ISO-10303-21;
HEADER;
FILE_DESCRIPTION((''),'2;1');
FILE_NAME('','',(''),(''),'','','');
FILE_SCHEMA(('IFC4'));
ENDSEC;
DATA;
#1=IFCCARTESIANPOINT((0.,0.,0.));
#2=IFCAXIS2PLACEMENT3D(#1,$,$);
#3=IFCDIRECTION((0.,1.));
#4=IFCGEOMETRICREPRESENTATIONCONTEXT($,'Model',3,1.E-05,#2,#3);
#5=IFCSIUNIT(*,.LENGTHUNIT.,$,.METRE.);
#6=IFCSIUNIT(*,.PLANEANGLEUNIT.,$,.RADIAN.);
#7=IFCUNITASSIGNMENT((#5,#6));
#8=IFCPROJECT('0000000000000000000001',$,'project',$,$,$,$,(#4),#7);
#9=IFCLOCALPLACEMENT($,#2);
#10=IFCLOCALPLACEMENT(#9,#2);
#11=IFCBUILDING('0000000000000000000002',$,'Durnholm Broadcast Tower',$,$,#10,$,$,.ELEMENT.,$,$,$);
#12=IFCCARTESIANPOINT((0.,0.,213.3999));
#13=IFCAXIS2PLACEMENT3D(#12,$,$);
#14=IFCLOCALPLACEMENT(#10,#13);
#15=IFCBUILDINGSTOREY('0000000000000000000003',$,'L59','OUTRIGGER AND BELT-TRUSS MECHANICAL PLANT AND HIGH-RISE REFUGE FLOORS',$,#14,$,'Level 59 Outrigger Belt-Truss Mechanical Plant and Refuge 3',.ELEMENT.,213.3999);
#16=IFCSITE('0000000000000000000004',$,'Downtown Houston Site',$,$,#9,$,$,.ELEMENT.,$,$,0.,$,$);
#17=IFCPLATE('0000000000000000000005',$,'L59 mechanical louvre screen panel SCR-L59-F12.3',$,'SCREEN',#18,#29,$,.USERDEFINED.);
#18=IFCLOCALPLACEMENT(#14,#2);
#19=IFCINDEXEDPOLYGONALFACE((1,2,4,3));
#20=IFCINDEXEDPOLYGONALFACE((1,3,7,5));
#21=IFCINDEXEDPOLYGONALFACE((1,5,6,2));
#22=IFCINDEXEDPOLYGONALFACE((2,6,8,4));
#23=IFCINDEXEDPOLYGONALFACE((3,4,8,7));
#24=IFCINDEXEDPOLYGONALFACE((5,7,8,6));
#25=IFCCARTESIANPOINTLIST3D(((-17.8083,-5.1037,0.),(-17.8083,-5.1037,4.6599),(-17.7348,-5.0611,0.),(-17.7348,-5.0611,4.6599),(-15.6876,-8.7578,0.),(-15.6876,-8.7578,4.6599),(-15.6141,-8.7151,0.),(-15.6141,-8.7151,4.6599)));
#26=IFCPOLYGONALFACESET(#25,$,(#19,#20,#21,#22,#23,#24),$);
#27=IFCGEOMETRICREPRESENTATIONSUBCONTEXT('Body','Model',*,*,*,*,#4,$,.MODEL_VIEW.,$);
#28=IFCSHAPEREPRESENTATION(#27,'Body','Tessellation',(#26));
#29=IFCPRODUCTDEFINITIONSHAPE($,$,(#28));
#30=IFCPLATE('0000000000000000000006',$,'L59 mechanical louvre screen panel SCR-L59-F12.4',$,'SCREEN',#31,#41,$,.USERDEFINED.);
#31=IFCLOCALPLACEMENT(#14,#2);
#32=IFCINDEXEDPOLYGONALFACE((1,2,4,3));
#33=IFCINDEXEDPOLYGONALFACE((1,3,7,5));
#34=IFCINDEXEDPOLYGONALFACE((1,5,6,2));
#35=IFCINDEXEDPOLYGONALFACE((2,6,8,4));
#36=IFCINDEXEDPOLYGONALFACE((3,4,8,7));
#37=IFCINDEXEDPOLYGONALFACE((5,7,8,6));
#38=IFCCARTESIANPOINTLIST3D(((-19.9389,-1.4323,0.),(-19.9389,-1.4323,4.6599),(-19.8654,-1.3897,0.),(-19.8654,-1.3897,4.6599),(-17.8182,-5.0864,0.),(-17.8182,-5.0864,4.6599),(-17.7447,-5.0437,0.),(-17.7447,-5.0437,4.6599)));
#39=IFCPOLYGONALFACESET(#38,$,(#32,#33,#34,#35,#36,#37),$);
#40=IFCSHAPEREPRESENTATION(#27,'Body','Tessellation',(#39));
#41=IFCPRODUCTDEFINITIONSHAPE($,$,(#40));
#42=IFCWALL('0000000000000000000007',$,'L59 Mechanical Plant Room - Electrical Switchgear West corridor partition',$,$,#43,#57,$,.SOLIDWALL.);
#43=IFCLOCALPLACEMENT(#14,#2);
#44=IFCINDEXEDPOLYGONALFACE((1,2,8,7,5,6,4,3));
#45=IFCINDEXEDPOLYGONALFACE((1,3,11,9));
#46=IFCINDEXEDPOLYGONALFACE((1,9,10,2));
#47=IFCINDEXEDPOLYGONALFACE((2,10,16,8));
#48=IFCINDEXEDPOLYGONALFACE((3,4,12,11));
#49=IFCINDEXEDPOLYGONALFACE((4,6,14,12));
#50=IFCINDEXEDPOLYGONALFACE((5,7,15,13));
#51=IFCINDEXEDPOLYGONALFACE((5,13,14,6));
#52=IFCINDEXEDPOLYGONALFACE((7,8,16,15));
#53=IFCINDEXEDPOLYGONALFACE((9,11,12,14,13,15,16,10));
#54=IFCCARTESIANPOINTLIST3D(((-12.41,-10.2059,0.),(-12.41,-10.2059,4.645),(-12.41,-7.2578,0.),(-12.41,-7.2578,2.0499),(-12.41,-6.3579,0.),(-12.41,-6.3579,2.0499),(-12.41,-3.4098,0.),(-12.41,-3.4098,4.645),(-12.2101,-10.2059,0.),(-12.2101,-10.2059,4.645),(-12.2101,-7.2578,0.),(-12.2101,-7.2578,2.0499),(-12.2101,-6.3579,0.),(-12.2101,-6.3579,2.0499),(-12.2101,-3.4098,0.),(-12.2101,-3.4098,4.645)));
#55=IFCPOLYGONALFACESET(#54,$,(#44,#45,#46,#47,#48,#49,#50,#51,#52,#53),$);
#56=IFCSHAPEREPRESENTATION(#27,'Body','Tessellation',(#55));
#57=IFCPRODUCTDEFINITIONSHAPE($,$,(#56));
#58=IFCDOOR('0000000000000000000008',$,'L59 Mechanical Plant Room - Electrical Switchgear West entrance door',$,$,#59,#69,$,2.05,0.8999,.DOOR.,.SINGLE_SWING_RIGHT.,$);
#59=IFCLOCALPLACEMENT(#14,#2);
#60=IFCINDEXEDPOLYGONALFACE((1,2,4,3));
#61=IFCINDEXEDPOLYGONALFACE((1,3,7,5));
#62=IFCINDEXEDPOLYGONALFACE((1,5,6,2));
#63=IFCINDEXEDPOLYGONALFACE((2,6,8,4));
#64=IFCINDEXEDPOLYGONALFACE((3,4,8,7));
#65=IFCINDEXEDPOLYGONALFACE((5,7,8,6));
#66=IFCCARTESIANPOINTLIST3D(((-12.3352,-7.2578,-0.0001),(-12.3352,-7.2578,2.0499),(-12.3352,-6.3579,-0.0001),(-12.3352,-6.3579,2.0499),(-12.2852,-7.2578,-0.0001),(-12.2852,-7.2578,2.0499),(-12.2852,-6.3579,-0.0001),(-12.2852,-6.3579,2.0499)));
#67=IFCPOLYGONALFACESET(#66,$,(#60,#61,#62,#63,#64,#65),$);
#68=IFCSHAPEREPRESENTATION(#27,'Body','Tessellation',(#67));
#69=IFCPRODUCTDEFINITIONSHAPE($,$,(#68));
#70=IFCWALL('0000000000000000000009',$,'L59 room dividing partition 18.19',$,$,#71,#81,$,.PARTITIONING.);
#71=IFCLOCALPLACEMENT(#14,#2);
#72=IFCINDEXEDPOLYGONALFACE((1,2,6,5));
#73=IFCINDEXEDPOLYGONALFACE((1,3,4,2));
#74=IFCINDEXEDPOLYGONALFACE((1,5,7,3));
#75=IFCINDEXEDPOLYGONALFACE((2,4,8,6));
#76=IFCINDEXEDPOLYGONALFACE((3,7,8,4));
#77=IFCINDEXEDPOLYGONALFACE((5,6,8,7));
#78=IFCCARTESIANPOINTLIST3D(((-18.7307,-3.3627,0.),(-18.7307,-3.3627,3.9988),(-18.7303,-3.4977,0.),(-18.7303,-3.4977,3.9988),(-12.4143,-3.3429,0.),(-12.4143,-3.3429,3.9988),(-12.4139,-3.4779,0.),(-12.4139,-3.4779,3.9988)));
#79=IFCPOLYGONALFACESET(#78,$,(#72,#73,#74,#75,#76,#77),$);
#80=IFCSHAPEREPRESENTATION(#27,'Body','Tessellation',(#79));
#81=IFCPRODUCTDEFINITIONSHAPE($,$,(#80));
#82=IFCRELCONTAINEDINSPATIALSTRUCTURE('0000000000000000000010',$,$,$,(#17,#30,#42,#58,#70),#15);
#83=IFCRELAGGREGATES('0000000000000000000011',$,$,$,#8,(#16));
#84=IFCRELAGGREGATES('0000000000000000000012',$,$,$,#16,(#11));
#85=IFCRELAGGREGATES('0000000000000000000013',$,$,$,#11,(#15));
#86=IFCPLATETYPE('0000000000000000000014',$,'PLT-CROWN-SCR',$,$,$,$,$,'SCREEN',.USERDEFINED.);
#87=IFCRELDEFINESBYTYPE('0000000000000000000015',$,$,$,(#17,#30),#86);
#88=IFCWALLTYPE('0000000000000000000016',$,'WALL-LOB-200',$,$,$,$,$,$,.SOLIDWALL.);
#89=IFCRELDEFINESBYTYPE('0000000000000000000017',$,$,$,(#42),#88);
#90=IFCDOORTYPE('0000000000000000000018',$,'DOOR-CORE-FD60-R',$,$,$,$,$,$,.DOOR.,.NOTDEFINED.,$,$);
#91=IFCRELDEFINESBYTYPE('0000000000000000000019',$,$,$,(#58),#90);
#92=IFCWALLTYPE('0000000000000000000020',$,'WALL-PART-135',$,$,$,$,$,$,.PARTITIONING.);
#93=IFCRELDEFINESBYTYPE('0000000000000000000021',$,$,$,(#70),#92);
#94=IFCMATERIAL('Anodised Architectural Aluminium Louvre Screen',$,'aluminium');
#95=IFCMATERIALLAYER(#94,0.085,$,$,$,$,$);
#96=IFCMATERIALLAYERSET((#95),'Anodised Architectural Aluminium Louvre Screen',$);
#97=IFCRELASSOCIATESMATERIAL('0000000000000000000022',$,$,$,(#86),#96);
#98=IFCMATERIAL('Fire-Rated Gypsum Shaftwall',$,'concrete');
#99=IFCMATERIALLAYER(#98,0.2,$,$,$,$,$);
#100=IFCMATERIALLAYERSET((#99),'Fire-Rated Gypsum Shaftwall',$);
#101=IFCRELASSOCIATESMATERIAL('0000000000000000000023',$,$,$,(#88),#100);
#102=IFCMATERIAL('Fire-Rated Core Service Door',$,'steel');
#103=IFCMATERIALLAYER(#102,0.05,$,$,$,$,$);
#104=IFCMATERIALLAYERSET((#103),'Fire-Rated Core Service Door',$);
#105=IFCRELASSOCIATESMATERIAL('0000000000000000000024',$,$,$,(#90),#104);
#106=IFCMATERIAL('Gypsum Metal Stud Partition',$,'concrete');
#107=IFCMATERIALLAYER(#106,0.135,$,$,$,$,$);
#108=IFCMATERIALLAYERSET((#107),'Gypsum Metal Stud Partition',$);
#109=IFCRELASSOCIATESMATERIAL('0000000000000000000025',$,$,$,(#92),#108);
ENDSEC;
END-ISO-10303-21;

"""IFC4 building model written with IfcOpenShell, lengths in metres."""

from ifc_helpers import new_model, si_unit, direction, frame, frame_2d, origin, origin_2d, place, context, subcontext, project, spatial, rectangle, extrude, source, transform, mapped, material, layer, layer_set, type_object, type_shapes, element, fill, save


model = new_model("IFC4")

# Units and contexts
model_context = context("Model", 3, precision=1e-05, world=origin(), true_north=direction((0.0, 1.0)))
body_context = subcontext(model_context, "Body", "Model", "MODEL_VIEW")
ifc_project = project(units=[si_unit("LENGTHUNIT", "METRE"), si_unit("PLANEANGLEUNIT", "RADIAN")], contexts=[model_context])

# Site, building, storey
site_placement = place(None, origin())
site = spatial("IfcSite", under=ifc_project, at=site_placement, Name="Downtown Houston Site", CompositionType="ELEMENT", RefElevation=0.0)
building_placement = place(site_placement, origin())
building = spatial("IfcBuilding", under=site, at=building_placement, Name="Durnholm Broadcast Tower", CompositionType="ELEMENT")
storey_placement = place(building_placement, frame((0.0, 0.0, 213.3999)))
storey = spatial("IfcBuildingStorey", under=building, at=storey_placement, Name="L59", Description="OUTRIGGER AND BELT-TRUSS MECHANICAL PLANT AND HIGH-RISE REFUGE FLOORS", LongName="Level 59 Outrigger Belt-Truss Mechanical Plant and Refuge 3", CompositionType="ELEMENT", Elevation=213.3999)

# Plates
ifc_material_1 = material(Name="Anodised Architectural Aluminium Louvre Screen", Category="aluminium")
ifc_layer_1 = layer(ifc_material_1, 0.085)
ifc_layer_set_1 = layer_set([ifc_layer_1], Name="Anodised Architectural Aluminium Louvre Screen")
plate_type_1 = type_object("IfcPlateType", Name="PLT-CROWN-SCR", ElementType="SCREEN", PredefinedType="USERDEFINED", material=ifc_layer_set_1)
shared_shape_1 = source(origin(), body_context, "Body", "SweptSolid", [
    extrude(rectangle(XDim=4.2249, YDim=0.085, at=origin_2d()), origin(), (0.0, 0.0, 1.0), 4.6599),
])
type_shapes(plate_type_1, [shared_shape_1])
for number, where, z_axis, x_axis, name in (
    (1, (-16.7112, -6.9094, 0.0), (0.0, 0.0, 1.0), (-0.501964, 0.864889, 0.0), "L59 mechanical louvre screen panel SCR-L59-F12.3"),
    (2, (-18.8418, -3.238, 0.0), (0.0, 0.0, 1.0), (-0.501964, 0.864889, 0.0), "L59 mechanical louvre screen panel SCR-L59-F12.4"),
):
    element("IfcPlate", number, at=place(storey_placement, frame(where, z_axis=z_axis, x_axis=x_axis)), inside=storey, type_object=plate_type_1, Name=name, ObjectType="SCREEN", PredefinedType="USERDEFINED", context=body_context, shape_type="MappedRepresentation", body=[
        mapped(shared_shape_1, transform((0.0, 0.0, 0.0), x_axis=(1.0, 0.0, 0.0), y_axis=(0.0, 1.0, 0.0), z_axis=(0.0, 0.0, 1.0), scale=1.0)),
    ])

# Wall, opening, door
ifc_material_2 = material(Name="Fire-Rated Gypsum Shaftwall", Category="concrete")
ifc_layer_2 = layer(ifc_material_2, 0.2)
ifc_layer_set_2 = layer_set([ifc_layer_2], Name="Fire-Rated Gypsum Shaftwall")
wall_type_1 = type_object("IfcWallType", Name="WALL-LOB-200", PredefinedType="SOLIDWALL", material=ifc_layer_set_2)
wall_1_placement = place(storey_placement, frame((-12.3101, -3.4099, 0.0), z_axis=(0.0, 0.0, 1.0), x_axis=(0.0, -1.0, 0.0)))
wall_1 = element("IfcWall", 3, at=wall_1_placement, inside=storey, type_object=wall_type_1, Name="L59 Mechanical Plant Room - Electrical Switchgear West corridor partition", PredefinedType="SOLIDWALL", context=body_context, shape_type="SweptSolid", body=[
    extrude(rectangle(XDim=6.7961, YDim=0.2, at=frame_2d((3.3979, 0.0))), origin(), (0.0, 0.0, 1.0), 4.645),
])
opening_placement = place(wall_1_placement, frame((2.948, 0.0, 0.0)))
opening = element("IfcOpeningElement", 4, at=opening_placement, cuts=wall_1, PredefinedType="OPENING", context=body_context, shape_type="SweptSolid", body=[
    extrude(rectangle(XDim=0.8999, YDim=2.05, at=frame_2d((0.45, 1.0249))), frame((0.0, 0.1099, 0.0), z_axis=(0.0, -1.0, 0.0), x_axis=(1.0, 0.0, 0.0)), (0.0, 0.0, 1.0), 0.22),
])
ifc_material_3 = material(Name="Fire-Rated Core Service Door", Category="steel")
ifc_layer_3 = layer(ifc_material_3, 0.05)
ifc_layer_set_3 = layer_set([ifc_layer_3], Name="Fire-Rated Core Service Door")
door_type = type_object("IfcDoorType", Name="DOOR-CORE-FD60-R", OperationType="NOTDEFINED", PredefinedType="DOOR", material=ifc_layer_set_3)
shared_shape_2 = source(origin(), body_context, "Body", "SweptSolid", [
    extrude(rectangle(XDim=0.8999, YDim=2.05, at=frame_2d((0.45, 1.0249))), frame((0.0, 0.0249, 0.0), z_axis=(0.0, -1.0, 0.0), x_axis=(1.0, 0.0, 0.0)), (0.0, 0.0, 1.0), 0.05),
])
type_shapes(door_type, [shared_shape_2])
door_placement = place(opening_placement, origin())
door = element("IfcDoor", 5, at=door_placement, inside=storey, type_object=door_type, Name="L59 Mechanical Plant Room - Electrical Switchgear West entrance door", OperationType="SINGLE_SWING_RIGHT", OverallHeight=2.05, OverallWidth=0.8999, PredefinedType="DOOR", context=body_context, shape_type="MappedRepresentation", body=[
    mapped(shared_shape_2, transform((0.0, 0.0, 0.0), x_axis=(1.0, 0.0, 0.0), y_axis=(0.0, 1.0, 0.0), z_axis=(0.0, 0.0, 1.0), scale=1.0)),
])
fill(opening, door)

# Wall
ifc_material_4 = material(Name="Gypsum Metal Stud Partition", Category="concrete")
ifc_layer_4 = layer(ifc_material_4, 0.135)
ifc_layer_set_4 = layer_set([ifc_layer_4], Name="Gypsum Metal Stud Partition")
wall_type_2 = type_object("IfcWallType", Name="WALL-PART-135", PredefinedType="PARTITIONING", material=ifc_layer_set_4)
wall_2_placement = place(storey_placement, frame((-18.7305, -3.4302, 0.0), z_axis=(0.0, 0.0, 1.0), x_axis=(0.999995, 0.003131, 0.0)))
element("IfcWall", 6, at=wall_2_placement, inside=storey, type_object=wall_type_2, Name="L59 room dividing partition 18.19", PredefinedType="PARTITIONING", context=body_context, shape_type="SweptSolid", body=[
    extrude(rectangle(XDim=6.3164, YDim=0.135, at=frame_2d((3.1582, 0.0))), origin(), (0.0, 0.0, 1.0), 3.9988),
])

save(model, "model.ifc")
